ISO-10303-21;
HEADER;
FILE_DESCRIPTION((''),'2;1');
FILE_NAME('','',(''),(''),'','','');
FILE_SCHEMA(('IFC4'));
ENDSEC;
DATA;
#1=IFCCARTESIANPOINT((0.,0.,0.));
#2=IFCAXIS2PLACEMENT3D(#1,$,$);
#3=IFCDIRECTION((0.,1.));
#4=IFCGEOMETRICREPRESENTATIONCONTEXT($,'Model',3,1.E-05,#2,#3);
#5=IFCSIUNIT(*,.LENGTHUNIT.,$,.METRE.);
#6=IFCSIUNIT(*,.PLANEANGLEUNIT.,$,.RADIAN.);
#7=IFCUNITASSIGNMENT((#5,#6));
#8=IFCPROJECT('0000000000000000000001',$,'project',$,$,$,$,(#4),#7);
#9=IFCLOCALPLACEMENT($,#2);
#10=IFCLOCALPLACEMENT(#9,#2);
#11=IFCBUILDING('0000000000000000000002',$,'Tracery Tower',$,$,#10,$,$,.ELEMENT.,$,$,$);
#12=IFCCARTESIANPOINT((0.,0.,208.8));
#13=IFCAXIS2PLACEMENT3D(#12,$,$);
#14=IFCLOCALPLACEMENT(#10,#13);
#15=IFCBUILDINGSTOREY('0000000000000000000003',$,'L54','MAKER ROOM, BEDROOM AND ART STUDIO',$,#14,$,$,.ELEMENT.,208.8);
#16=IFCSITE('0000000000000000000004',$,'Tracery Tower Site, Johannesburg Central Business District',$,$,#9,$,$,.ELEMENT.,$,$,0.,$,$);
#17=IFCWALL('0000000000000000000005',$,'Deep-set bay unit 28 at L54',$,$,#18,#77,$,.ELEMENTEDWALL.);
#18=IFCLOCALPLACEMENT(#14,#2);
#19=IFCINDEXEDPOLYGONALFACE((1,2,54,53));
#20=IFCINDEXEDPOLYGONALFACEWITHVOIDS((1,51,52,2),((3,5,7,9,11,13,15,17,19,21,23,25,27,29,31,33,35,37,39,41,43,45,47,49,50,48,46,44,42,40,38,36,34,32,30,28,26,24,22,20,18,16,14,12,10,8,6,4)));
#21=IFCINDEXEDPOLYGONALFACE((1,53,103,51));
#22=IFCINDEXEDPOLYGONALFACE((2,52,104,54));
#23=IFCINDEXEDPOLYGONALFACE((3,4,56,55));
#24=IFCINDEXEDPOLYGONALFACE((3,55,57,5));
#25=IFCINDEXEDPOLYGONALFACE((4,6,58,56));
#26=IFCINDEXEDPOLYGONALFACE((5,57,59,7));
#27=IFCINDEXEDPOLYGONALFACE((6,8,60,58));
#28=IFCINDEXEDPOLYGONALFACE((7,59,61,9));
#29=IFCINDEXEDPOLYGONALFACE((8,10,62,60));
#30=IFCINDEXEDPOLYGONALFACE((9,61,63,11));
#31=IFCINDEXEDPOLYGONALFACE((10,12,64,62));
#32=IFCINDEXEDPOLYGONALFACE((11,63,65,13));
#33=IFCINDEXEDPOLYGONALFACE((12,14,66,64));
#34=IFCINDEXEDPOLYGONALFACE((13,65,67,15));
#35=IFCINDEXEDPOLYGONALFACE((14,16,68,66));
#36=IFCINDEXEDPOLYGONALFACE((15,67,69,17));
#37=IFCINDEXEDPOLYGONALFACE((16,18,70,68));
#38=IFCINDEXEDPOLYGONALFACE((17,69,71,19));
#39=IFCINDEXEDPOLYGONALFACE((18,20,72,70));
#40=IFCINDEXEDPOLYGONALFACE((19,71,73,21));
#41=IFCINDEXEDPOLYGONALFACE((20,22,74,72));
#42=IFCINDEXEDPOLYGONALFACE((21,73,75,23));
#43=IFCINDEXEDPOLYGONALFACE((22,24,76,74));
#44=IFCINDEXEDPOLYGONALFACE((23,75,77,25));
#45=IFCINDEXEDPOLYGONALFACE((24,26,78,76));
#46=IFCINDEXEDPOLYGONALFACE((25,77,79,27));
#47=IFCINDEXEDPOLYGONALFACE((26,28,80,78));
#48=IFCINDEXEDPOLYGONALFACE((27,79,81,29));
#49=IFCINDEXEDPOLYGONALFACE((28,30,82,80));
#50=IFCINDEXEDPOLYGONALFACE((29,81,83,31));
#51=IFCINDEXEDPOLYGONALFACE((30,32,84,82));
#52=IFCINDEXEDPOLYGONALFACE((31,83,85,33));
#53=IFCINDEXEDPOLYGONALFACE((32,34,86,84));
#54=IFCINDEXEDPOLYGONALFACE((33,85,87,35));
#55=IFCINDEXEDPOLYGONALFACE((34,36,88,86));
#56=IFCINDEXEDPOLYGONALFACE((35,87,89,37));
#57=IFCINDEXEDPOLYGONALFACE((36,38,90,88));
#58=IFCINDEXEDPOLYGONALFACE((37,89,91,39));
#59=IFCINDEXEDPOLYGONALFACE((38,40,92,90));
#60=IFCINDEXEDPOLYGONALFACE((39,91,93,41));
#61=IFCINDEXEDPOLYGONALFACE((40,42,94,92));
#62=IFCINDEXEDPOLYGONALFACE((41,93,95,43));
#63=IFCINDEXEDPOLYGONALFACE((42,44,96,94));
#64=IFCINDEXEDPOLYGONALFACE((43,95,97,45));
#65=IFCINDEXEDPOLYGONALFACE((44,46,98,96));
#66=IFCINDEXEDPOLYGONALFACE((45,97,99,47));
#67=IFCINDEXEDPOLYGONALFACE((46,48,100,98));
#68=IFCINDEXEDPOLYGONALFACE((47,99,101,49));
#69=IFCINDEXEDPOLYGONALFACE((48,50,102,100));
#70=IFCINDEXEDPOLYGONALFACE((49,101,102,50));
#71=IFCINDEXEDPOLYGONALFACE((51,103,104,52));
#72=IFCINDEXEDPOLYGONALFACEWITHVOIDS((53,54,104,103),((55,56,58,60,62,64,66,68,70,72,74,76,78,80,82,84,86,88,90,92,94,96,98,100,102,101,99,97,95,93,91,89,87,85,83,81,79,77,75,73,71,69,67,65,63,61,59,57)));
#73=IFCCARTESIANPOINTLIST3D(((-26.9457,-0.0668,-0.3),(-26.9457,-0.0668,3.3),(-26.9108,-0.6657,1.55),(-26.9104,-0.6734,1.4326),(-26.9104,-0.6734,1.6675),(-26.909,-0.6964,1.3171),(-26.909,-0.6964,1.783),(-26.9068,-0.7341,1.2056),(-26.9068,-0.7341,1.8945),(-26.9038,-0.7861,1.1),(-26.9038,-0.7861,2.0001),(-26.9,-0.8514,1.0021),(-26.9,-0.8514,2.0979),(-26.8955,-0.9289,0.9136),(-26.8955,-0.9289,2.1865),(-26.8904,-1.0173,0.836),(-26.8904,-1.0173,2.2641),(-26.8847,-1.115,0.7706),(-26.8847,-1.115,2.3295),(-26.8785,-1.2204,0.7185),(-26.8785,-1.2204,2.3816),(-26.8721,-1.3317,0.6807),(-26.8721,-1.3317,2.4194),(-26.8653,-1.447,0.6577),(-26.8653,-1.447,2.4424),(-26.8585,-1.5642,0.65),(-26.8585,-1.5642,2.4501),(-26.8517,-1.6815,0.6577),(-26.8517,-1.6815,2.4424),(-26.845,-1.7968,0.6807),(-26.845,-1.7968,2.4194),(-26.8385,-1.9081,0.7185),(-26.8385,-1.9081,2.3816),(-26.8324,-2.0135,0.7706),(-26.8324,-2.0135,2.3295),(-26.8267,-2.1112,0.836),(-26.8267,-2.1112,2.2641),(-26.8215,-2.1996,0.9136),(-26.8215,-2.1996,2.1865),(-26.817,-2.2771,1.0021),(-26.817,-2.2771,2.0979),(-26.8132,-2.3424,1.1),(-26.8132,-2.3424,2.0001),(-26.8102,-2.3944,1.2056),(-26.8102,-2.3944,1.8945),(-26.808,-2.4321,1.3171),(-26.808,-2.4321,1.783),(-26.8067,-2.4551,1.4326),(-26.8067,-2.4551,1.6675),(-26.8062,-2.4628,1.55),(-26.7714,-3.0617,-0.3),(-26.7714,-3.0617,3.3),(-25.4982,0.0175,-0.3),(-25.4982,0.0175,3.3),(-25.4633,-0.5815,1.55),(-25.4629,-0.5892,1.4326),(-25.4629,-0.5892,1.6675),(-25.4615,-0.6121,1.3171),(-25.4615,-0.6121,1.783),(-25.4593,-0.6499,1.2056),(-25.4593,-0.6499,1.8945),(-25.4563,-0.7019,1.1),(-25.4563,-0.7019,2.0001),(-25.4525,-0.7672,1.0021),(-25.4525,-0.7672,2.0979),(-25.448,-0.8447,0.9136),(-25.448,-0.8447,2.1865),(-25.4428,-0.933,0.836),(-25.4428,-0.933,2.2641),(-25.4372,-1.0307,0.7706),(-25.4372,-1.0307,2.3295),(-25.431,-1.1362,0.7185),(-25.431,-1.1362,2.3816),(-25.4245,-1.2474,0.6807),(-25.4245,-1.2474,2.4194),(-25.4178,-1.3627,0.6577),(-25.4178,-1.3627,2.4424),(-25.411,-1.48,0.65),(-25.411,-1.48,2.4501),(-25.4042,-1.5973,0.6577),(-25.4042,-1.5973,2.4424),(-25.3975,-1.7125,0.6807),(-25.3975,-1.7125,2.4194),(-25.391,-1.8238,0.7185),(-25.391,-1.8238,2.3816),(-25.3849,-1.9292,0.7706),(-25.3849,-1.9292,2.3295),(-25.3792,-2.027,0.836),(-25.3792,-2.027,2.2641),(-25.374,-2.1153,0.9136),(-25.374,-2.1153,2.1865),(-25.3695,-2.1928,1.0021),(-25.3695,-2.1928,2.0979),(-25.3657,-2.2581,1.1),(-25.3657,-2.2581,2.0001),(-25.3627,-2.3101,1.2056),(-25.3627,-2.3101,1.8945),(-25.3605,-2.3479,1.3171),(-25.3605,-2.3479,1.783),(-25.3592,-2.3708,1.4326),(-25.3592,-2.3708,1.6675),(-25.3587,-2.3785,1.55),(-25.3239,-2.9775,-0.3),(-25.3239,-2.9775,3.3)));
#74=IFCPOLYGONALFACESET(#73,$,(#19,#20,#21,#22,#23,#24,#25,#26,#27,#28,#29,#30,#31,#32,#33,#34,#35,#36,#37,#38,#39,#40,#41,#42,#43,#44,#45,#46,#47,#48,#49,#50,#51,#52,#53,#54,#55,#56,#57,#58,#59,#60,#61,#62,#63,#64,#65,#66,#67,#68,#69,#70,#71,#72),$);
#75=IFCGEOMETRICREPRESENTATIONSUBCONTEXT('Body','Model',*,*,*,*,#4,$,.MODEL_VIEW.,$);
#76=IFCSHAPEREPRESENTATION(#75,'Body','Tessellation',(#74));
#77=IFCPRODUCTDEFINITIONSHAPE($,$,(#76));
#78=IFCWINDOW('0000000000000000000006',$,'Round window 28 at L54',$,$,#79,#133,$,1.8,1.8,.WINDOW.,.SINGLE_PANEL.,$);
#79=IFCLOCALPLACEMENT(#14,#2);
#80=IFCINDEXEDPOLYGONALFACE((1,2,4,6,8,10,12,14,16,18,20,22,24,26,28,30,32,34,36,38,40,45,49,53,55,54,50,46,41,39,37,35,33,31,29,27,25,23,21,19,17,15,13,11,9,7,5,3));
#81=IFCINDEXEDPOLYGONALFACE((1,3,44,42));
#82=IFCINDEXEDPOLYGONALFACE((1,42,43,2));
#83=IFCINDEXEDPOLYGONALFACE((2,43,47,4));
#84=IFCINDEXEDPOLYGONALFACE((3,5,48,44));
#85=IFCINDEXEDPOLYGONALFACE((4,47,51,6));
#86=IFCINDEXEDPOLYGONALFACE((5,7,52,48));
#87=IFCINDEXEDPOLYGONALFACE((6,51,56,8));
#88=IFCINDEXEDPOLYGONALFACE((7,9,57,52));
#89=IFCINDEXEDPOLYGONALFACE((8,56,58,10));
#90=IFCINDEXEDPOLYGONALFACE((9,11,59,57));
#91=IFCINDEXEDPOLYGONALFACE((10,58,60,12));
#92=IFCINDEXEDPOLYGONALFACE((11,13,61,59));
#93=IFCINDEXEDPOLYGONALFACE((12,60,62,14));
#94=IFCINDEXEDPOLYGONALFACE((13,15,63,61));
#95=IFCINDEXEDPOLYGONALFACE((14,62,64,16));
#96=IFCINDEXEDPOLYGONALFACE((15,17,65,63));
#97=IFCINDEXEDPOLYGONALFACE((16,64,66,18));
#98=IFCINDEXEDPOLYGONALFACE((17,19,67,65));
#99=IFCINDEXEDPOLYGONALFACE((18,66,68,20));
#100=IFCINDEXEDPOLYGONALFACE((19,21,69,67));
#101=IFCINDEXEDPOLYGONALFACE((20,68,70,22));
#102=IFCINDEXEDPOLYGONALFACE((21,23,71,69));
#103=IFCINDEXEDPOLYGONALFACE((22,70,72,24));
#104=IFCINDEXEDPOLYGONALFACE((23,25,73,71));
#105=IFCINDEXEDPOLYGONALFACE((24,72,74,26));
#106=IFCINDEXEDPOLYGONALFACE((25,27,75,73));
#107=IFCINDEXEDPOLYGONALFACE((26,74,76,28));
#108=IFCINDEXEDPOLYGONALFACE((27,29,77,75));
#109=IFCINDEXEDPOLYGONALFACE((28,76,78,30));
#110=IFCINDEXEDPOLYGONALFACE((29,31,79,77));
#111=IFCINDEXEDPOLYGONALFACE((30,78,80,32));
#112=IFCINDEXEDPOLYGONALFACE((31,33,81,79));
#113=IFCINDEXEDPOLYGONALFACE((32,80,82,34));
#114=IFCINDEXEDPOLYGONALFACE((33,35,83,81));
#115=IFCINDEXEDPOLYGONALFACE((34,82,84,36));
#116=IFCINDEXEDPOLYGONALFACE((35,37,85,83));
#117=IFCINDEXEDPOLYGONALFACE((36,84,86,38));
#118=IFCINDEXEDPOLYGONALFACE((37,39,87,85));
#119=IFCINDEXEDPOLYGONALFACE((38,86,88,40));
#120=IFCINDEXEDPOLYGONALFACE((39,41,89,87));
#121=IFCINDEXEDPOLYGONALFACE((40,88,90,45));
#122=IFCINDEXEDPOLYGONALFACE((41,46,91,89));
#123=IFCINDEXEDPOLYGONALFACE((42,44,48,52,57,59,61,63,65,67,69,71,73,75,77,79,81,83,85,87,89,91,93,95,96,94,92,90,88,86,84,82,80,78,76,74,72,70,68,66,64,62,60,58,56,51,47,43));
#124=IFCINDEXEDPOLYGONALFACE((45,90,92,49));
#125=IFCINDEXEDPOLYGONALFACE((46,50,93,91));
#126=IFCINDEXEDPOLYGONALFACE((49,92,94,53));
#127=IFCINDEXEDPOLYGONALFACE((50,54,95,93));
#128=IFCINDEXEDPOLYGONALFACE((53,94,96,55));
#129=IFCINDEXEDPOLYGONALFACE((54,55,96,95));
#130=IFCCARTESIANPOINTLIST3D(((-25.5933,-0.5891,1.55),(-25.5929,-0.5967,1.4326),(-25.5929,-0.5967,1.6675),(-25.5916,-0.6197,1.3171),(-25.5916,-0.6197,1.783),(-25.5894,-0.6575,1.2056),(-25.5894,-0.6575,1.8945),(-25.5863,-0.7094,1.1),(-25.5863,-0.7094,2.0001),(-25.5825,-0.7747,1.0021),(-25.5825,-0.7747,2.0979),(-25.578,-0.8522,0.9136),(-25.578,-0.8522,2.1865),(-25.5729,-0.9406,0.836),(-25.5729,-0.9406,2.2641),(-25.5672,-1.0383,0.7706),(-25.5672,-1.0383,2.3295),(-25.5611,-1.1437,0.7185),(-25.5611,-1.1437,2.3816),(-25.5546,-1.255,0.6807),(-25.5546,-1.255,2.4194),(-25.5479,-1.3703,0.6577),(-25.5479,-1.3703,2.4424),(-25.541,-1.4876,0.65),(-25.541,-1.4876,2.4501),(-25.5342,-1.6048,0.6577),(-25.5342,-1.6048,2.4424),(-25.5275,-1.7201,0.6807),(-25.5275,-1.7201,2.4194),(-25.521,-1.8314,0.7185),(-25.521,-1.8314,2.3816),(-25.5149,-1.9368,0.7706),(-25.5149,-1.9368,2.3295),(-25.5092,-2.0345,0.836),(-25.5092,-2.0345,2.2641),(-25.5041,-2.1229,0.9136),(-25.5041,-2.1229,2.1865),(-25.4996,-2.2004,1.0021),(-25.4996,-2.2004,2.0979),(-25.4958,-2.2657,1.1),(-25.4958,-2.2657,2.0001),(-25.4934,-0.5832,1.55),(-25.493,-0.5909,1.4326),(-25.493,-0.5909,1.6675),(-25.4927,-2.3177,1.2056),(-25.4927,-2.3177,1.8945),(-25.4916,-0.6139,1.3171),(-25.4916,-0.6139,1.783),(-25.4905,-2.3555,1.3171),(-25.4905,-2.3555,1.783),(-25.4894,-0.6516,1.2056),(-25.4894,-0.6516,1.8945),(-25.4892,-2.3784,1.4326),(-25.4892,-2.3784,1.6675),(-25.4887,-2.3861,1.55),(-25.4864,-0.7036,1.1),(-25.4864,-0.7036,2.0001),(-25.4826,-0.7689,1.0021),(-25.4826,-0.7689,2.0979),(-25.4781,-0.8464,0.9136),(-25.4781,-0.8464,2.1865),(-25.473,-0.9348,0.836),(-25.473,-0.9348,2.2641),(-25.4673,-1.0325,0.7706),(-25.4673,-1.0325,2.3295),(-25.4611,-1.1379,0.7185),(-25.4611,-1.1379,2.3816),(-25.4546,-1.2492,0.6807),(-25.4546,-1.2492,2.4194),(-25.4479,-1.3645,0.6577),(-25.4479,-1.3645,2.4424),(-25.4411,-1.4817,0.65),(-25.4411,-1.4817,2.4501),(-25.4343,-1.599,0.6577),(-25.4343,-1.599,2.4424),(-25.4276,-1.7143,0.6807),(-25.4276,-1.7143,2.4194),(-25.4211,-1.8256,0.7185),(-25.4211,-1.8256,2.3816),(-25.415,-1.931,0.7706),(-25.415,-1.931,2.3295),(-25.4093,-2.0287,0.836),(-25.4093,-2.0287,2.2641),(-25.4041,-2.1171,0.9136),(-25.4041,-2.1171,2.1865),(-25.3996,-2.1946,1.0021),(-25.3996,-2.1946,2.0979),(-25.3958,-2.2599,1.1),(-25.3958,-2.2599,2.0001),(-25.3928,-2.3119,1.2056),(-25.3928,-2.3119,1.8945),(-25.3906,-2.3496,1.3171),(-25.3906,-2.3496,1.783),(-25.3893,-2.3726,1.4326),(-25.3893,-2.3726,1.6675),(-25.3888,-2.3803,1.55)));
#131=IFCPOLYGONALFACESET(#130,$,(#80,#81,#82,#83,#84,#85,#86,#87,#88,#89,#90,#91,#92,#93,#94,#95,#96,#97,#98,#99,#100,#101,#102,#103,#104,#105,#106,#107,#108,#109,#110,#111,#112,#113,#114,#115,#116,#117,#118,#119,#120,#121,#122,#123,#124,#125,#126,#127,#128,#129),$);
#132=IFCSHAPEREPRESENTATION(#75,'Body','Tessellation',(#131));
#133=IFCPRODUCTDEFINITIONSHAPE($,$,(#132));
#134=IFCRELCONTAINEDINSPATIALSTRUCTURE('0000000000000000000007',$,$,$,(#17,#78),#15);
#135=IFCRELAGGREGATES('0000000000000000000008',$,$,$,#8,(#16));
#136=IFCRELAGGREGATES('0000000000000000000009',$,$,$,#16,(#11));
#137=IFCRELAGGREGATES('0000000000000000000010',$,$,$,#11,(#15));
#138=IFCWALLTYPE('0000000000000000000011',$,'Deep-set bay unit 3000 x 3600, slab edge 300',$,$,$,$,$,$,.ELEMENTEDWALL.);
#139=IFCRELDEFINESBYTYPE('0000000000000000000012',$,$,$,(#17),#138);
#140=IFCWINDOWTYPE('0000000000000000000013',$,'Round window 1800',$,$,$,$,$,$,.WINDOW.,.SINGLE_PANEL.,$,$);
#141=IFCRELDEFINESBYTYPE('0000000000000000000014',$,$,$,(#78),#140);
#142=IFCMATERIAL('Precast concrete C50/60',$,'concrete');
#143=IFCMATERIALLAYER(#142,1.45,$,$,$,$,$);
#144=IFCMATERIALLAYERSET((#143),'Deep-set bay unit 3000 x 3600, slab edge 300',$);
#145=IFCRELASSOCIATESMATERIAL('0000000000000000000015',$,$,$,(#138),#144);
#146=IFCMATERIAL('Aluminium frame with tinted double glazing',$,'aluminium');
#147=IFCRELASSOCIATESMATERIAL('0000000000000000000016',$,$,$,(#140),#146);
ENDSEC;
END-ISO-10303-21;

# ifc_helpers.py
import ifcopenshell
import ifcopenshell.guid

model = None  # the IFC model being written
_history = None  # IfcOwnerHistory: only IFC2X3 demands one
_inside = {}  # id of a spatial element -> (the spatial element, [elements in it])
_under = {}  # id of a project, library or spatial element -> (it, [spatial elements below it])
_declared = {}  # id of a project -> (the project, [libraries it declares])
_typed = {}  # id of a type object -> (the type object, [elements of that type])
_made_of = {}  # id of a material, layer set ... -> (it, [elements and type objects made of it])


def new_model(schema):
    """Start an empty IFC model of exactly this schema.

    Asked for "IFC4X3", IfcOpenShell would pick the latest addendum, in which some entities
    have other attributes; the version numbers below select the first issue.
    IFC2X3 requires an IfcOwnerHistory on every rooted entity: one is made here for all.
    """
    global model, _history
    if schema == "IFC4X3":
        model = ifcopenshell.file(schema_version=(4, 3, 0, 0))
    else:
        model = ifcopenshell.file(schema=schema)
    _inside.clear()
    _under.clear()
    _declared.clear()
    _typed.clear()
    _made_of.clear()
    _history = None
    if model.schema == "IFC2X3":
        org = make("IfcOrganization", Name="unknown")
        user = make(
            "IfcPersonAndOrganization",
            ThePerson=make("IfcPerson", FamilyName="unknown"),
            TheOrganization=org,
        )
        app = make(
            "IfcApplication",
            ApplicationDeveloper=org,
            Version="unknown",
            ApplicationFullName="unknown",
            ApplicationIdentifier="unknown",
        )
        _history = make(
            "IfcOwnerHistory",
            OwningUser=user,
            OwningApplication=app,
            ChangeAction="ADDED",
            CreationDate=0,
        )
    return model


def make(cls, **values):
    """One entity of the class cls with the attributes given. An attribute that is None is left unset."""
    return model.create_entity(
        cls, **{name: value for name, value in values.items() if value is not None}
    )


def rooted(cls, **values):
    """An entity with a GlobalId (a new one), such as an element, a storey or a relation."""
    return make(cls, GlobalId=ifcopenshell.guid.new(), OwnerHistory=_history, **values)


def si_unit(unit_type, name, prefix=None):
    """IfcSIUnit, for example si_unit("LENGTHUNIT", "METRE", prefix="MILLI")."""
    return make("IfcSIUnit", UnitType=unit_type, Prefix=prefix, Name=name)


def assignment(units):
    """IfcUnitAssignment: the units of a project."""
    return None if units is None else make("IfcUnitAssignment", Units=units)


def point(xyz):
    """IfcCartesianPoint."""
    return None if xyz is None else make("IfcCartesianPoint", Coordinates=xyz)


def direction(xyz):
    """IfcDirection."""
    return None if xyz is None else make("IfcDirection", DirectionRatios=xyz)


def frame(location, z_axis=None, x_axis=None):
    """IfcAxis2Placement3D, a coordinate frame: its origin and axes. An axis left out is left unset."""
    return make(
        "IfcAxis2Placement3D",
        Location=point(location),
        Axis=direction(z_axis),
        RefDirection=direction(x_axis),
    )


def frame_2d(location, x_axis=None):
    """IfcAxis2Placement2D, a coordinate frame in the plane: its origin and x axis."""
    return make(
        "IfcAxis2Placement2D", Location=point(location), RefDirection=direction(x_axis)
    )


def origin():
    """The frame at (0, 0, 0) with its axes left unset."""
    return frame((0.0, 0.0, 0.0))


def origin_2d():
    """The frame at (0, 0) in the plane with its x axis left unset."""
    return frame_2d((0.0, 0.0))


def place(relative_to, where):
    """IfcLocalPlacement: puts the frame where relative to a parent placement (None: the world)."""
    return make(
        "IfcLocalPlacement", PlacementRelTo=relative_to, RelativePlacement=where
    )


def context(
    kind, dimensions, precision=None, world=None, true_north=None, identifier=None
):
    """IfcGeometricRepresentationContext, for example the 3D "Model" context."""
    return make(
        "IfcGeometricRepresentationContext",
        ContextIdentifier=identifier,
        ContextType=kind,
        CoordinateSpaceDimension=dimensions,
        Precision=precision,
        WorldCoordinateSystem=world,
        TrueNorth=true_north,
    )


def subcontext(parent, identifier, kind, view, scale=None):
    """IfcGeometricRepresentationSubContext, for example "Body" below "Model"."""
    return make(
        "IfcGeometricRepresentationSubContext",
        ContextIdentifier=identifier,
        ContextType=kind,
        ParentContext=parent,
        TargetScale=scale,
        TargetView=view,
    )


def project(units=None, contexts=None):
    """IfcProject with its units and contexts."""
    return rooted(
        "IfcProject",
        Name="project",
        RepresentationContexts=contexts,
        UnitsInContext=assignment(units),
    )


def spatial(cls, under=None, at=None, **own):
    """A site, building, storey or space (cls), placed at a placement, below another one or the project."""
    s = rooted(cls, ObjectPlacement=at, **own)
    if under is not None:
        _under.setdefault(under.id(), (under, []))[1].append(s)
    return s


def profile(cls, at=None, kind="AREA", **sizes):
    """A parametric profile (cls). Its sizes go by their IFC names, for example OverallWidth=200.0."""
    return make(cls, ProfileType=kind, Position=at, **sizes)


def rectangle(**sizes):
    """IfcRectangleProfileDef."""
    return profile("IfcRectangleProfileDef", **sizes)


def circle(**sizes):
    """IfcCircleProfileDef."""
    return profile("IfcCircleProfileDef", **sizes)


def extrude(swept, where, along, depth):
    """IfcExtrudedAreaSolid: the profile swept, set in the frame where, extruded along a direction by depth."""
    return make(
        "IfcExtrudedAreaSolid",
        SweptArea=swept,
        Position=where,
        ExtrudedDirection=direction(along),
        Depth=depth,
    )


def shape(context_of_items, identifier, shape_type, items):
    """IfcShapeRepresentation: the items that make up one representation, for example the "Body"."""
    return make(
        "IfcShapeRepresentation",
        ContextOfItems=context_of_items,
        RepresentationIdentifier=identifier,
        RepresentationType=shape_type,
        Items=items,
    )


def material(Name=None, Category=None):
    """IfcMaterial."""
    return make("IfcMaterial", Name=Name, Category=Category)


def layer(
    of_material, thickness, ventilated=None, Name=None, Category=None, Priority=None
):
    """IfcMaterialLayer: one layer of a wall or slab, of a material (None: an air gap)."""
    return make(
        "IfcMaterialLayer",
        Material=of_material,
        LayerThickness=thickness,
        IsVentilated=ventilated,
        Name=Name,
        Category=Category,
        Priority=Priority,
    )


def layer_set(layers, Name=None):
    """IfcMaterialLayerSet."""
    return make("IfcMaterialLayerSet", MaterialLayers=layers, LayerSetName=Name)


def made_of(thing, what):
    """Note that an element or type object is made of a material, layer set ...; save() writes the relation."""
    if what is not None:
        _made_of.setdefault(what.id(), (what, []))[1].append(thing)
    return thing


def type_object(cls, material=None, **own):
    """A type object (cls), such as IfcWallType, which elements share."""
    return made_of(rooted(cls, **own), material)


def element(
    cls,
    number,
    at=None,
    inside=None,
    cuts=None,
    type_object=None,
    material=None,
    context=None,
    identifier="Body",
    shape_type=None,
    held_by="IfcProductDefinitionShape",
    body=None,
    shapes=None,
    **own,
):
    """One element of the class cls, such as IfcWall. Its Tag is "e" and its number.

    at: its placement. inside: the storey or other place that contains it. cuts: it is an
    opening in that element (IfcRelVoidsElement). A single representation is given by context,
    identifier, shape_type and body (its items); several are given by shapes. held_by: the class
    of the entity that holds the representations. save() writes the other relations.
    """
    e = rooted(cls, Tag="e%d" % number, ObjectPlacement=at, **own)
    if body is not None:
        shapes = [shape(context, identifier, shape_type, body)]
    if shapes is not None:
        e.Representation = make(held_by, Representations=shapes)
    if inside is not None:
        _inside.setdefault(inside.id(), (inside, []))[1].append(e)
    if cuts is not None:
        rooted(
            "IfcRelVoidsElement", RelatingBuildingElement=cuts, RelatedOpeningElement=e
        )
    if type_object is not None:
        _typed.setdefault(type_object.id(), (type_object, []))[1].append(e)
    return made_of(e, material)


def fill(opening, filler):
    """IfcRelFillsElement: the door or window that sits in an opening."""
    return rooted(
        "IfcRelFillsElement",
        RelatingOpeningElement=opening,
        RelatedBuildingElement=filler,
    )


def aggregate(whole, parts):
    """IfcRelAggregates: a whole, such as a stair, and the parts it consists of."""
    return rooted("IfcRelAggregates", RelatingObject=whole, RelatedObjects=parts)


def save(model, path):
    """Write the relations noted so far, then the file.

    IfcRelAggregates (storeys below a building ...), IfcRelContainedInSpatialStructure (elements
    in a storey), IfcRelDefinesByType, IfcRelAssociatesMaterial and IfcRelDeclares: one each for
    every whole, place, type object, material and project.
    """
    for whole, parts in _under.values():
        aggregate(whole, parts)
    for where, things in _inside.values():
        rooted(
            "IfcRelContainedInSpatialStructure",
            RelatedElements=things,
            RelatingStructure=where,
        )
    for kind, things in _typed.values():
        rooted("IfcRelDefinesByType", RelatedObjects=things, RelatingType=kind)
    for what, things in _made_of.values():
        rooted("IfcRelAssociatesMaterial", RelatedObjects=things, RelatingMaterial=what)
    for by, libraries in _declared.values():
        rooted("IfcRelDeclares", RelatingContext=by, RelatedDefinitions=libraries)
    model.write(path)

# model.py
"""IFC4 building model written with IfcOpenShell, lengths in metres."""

from ifc_helpers import new_model, si_unit, direction, frame, frame_2d, origin, origin_2d, place, context, subcontext, project, spatial, rectangle, circle, extrude, material, layer, layer_set, type_object, element, fill, save


model = new_model("IFC4")

# Units and contexts
model_context = context("Model", 3, precision=1e-05, world=origin(), true_north=direction((0.0, 1.0)))
body_context = subcontext(model_context, "Body", "Model", "MODEL_VIEW")
ifc_project = project(units=[si_unit("LENGTHUNIT", "METRE"), si_unit("PLANEANGLEUNIT", "RADIAN")], contexts=[model_context])

# Site, building, storey
site_placement = place(None, origin())
site = spatial("IfcSite", under=ifc_project, at=site_placement, Name="Tracery Tower Site, Johannesburg Central Business District", CompositionType="ELEMENT", RefElevation=0.0)
building_placement = place(site_placement, origin())
building = spatial("IfcBuilding", under=site, at=building_placement, Name="Tracery Tower", CompositionType="ELEMENT")
storey_placement = place(building_placement, frame((0.0, 0.0, 208.8)))
storey = spatial("IfcBuildingStorey", under=building, at=storey_placement, Name="L54", Description="MAKER ROOM, BEDROOM AND ART STUDIO", CompositionType="ELEMENT", Elevation=208.8)

# Wall, opening, window
ifc_material_1 = material(Name="Precast concrete C50/60", Category="concrete")
ifc_layer_1 = layer(ifc_material_1, 1.45)
ifc_layer_set_1 = layer_set([ifc_layer_1], Name="Deep-set bay unit 3000 x 3600, slab edge 300")
wall_type_1 = type_object("IfcWallType", Name="Deep-set bay unit 3000 x 3600, slab edge 300", PredefinedType="ELEMENTEDWALL", material=ifc_layer_set_1)
wall_1_placement = place(storey_placement, frame((-26.2219, -0.0247, -0.3), z_axis=(0.0, 0.0, 1.0), x_axis=(0.058107, -0.99831, 0.0)))
wall_1 = element("IfcWall", 1, at=wall_1_placement, inside=storey, type_object=wall_type_1, Name="Deep-set bay unit 28 at L54", PredefinedType="ELEMENTEDWALL", context=body_context, shape_type="SweptSolid", body=[
    extrude(rectangle(XDim=3.0, YDim=1.45, at=frame_2d((1.5, 0.0))), origin(), (0.0, 0.0, 1.0), 3.6001),
])
opening_1_placement = place(wall_1_placement, frame((1.5, 0.0, 1.8501)))
opening_1 = element("IfcOpeningElement", 2, at=opening_1_placement, cuts=wall_1, PredefinedType="OPENING", context=body_context, shape_type="SweptSolid", body=[
    extrude(circle(Radius=0.9, at=origin_2d()), frame((0.0, 0.7349, 0.0), z_axis=(0.0, -1.0, 0.0), x_axis=(1.0, 0.0, 0.0)), (0.0, 0.0, 1.0), 1.47),
])
ifc_material_2 = material(Name="Aluminium frame with tinted double glazing", Category="aluminium")
window_type = type_object("IfcWindowType", Name="Round window 1800", PartitioningType="SINGLE_PANEL", PredefinedType="WINDOW", material=ifc_material_2)
window_1_placement = place(opening_1_placement, origin())
window_1 = element("IfcWindow", 3, at=window_1_placement, inside=storey, type_object=window_type, Name="Round window 28 at L54", OverallHeight=1.8, OverallWidth=1.8, PartitioningType="SINGLE_PANEL", PredefinedType="WINDOW", context=body_context, shape_type="SweptSolid", body=[
    extrude(circle(Radius=0.9, at=origin_2d()), frame((0.0, 0.6948, 0.0), z_axis=(0.0, -1.0, 0.0), x_axis=(1.0, 0.0, 0.0)), (0.0, 0.0, 1.0), 0.1001),
])
fill(opening_1, window_1)

save(model, "model.ifc")
